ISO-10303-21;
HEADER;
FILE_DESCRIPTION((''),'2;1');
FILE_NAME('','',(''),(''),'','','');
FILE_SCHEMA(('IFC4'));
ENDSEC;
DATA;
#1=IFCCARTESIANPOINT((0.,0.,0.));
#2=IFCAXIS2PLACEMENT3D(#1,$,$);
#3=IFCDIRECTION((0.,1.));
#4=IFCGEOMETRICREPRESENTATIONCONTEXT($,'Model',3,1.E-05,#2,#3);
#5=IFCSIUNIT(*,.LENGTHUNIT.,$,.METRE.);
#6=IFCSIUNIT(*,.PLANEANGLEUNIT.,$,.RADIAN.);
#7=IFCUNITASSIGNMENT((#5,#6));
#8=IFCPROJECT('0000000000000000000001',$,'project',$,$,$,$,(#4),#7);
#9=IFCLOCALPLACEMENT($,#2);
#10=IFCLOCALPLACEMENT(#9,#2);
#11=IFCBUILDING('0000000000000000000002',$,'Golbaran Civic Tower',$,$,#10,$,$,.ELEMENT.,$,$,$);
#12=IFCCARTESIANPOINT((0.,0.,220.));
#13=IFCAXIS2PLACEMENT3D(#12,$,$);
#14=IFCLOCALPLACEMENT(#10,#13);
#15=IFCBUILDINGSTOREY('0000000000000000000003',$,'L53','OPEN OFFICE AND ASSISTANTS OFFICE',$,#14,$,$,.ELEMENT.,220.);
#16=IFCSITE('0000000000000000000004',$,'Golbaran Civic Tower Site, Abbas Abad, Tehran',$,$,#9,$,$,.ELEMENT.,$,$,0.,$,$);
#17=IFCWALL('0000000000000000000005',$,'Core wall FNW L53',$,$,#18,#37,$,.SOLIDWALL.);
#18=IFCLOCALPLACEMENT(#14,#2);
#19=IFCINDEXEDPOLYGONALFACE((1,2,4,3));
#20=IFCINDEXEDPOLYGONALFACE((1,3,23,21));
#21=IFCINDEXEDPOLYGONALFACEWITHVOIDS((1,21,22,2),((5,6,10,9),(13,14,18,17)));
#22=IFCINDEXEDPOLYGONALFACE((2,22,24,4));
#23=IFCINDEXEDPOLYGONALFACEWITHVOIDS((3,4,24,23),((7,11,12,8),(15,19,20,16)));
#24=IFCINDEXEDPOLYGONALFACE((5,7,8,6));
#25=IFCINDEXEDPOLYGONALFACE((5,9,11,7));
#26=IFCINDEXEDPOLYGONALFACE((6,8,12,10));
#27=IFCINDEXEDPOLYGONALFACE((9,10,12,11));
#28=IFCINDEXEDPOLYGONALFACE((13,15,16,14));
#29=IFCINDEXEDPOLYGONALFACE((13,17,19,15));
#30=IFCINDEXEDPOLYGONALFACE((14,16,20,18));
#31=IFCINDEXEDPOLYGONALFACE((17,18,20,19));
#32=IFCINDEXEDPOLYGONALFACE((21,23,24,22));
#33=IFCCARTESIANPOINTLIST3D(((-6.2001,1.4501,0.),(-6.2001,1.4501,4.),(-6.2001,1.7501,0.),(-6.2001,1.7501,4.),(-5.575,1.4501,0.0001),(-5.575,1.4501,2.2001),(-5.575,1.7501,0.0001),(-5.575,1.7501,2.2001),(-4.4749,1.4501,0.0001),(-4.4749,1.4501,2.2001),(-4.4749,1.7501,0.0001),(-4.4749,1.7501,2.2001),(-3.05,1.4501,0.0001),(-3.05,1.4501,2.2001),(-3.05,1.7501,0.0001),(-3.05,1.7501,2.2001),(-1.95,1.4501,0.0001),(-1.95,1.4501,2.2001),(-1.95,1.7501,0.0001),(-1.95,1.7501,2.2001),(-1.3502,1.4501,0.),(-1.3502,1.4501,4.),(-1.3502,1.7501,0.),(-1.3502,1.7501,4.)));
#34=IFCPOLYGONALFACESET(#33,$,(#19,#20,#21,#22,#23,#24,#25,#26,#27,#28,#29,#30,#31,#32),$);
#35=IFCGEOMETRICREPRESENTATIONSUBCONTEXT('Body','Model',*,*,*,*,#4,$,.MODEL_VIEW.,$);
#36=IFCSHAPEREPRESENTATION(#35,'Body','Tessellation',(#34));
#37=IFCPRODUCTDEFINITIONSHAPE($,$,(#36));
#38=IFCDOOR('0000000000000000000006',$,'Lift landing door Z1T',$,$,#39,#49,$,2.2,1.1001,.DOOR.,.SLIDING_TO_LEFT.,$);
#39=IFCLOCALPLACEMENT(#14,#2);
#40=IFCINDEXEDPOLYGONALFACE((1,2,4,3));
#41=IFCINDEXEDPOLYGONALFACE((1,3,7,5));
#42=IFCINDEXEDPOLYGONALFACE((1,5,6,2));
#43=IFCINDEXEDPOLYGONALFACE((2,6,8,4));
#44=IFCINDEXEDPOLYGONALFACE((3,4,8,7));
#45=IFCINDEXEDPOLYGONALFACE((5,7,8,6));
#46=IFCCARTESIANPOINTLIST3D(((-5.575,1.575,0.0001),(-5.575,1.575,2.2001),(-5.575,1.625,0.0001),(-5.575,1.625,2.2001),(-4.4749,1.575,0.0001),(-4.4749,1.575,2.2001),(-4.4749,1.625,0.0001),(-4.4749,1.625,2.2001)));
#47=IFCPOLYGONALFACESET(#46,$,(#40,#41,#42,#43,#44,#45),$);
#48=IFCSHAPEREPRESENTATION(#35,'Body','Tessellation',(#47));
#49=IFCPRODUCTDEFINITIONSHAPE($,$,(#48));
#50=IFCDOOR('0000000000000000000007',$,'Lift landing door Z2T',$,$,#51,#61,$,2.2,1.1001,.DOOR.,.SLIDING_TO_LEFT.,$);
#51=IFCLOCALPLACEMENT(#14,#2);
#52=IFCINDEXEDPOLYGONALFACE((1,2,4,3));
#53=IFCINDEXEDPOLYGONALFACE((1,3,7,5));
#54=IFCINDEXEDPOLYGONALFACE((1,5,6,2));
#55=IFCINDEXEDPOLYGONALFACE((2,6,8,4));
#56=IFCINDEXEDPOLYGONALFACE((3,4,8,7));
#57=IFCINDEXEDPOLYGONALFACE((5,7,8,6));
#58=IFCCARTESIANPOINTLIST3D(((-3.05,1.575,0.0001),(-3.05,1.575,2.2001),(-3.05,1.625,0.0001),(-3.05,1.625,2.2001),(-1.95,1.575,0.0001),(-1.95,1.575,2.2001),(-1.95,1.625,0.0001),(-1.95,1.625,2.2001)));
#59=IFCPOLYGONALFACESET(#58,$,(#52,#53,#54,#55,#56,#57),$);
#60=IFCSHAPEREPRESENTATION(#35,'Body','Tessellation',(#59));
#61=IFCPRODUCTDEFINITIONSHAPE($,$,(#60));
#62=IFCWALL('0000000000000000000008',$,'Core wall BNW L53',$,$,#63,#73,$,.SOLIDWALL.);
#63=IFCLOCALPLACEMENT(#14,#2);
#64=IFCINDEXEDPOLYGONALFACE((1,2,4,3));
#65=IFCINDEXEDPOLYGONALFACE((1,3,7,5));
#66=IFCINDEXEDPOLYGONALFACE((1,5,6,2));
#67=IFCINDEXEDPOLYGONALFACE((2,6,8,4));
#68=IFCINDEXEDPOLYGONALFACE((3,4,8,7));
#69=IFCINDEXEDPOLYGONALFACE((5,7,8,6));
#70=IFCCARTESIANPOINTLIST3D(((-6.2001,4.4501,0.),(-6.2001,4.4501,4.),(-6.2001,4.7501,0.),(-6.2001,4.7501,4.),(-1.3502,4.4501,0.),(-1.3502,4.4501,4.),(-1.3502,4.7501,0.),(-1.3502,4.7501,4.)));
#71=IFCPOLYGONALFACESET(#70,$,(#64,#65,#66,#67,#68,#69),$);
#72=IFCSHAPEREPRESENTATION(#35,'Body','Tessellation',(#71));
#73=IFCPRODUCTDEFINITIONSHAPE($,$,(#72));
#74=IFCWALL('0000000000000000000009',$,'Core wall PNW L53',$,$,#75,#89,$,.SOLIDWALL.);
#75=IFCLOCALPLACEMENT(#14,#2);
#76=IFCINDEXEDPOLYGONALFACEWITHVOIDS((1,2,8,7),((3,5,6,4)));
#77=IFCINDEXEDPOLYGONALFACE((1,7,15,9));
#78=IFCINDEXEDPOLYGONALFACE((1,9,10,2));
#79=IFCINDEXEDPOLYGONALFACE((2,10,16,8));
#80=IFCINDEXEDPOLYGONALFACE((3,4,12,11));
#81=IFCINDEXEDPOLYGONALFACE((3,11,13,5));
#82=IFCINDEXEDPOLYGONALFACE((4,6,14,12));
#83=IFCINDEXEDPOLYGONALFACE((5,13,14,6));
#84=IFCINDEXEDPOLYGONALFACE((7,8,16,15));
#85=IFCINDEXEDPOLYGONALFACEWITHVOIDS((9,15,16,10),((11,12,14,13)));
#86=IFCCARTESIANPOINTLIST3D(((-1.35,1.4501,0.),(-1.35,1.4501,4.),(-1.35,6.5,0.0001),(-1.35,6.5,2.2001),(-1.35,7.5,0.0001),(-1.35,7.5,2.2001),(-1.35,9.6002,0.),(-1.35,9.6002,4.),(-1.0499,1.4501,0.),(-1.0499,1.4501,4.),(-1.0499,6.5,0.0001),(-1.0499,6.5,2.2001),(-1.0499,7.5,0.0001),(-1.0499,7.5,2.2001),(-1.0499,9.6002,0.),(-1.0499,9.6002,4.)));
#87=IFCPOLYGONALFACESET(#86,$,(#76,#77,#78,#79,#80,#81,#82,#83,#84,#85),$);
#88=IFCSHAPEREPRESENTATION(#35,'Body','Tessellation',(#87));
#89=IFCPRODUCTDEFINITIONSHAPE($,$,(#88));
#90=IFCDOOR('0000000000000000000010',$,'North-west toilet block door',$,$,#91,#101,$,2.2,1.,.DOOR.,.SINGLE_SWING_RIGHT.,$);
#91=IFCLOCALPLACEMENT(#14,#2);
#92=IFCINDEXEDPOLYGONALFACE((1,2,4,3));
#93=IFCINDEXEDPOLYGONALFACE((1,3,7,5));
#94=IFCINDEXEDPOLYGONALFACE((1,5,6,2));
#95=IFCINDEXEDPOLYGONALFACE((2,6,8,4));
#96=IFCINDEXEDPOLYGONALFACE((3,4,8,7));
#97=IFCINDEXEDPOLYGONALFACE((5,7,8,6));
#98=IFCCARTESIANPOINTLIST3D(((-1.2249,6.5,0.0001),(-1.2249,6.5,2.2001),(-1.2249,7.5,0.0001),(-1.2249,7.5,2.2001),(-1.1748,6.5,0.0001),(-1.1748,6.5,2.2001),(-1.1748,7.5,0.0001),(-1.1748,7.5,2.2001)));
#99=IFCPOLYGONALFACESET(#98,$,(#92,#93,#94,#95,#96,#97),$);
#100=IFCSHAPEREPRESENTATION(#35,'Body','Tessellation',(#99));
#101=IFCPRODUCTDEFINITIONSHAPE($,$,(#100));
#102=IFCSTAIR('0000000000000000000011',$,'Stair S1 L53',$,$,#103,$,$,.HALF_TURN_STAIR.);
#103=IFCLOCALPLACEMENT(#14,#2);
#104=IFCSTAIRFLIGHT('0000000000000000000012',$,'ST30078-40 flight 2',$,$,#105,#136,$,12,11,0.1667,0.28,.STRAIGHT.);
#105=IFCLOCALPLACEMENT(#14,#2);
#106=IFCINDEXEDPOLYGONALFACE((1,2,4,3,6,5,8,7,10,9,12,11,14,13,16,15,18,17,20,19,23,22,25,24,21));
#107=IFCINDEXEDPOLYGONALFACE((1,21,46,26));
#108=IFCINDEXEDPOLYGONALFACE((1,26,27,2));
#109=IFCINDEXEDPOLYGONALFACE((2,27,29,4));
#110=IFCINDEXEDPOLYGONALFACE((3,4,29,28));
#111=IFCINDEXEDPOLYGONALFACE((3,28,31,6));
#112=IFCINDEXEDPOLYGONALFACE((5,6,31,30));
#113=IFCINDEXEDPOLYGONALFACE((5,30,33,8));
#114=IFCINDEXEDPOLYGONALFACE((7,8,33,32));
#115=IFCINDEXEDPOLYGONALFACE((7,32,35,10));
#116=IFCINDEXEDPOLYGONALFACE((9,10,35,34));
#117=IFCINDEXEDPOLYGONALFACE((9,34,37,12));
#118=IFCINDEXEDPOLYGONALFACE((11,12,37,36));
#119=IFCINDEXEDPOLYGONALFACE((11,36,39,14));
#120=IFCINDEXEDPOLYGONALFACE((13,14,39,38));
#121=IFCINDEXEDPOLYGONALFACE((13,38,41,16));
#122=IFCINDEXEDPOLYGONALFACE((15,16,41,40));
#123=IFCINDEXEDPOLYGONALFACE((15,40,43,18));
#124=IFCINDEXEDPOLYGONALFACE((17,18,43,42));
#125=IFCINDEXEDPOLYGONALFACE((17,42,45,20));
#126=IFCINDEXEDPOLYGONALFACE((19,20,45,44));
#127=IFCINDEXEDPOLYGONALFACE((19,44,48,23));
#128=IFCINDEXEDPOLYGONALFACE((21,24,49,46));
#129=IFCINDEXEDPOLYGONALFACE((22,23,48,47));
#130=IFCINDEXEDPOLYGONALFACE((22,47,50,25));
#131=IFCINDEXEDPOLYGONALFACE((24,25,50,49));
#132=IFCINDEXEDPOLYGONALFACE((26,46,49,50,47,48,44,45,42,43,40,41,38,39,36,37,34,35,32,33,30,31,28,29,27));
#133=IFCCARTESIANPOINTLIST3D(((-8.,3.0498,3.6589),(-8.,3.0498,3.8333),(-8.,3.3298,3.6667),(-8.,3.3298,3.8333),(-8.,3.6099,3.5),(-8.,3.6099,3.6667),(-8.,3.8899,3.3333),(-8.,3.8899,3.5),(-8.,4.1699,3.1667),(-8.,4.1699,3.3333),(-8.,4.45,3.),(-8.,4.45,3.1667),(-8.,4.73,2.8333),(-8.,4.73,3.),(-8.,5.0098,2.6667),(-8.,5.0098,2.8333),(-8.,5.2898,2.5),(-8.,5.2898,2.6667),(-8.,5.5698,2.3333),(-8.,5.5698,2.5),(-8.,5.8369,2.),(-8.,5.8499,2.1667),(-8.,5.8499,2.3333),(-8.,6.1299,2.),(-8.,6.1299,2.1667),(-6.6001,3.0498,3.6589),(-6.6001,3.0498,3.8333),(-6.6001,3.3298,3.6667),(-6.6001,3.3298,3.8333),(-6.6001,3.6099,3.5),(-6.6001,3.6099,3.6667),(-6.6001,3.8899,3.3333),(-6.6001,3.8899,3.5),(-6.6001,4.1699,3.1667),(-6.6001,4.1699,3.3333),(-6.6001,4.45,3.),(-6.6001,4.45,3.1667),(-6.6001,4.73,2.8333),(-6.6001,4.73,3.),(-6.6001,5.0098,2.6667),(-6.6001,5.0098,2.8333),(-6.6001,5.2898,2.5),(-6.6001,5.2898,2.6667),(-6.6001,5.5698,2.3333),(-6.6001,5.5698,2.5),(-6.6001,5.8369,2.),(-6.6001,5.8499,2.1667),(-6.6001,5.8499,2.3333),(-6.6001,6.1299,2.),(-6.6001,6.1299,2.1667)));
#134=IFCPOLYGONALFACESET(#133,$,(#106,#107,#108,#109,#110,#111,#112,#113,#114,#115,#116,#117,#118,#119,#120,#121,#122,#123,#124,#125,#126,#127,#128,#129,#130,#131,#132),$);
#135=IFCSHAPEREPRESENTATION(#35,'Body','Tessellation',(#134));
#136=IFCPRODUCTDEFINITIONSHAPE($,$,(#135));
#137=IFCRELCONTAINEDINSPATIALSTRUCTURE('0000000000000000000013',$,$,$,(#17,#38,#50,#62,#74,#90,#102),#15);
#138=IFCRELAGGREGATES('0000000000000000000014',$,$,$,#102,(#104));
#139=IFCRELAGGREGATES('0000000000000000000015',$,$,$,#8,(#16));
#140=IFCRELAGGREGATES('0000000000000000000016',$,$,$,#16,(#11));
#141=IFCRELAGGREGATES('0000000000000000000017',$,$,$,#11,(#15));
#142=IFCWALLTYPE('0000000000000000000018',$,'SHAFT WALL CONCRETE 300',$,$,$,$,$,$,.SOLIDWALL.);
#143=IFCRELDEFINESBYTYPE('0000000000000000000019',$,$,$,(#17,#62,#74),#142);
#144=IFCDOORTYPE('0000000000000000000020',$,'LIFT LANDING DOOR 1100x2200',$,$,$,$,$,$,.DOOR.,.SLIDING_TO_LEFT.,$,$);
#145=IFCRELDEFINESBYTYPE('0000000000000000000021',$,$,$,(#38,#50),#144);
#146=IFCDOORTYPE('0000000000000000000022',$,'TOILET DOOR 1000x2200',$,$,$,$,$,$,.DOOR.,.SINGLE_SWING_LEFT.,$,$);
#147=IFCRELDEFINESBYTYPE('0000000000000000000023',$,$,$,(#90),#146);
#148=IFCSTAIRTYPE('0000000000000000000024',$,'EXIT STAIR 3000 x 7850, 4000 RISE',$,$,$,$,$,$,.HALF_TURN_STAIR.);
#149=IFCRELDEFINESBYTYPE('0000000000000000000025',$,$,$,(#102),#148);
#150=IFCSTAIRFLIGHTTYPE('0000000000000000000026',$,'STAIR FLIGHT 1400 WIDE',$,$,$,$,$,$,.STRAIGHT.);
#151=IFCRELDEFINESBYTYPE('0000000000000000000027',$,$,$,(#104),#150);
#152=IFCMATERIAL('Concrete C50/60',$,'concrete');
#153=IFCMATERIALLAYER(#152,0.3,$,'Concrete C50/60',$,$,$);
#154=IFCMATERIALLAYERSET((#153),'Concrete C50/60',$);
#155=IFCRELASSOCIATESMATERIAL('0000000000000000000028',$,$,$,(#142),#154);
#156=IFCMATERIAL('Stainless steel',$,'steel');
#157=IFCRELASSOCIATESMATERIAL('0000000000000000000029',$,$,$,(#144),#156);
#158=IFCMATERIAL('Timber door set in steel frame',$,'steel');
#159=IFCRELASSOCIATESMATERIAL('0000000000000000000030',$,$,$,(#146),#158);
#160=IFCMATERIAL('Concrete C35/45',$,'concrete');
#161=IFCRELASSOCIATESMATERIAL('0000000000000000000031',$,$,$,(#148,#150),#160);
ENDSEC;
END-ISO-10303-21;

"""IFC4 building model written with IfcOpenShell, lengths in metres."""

from ifc_helpers import new_model, si_unit, direction, frame, frame_2d, origin, place, context, subcontext, project, spatial, polyline, rectangle, outline, extrude, material, layer, layer_set, type_object, element, fill, aggregate, save


model = new_model("IFC4")

# Units and contexts
model_context = context("Model", 3, precision=1e-05, world=origin(), true_north=direction((0.0, 1.0)))
body_context = subcontext(model_context, "Body", "Model", "MODEL_VIEW")
ifc_project = project(units=[si_unit("LENGTHUNIT", "METRE"), si_unit("PLANEANGLEUNIT", "RADIAN")], contexts=[model_context])

# Site, building, storey
site_placement = place(None, origin())
site = spatial("IfcSite", under=ifc_project, at=site_placement, Name="Golbaran Civic Tower Site, Abbas Abad, Tehran", CompositionType="ELEMENT", RefElevation=0.0)
building_placement = place(site_placement, origin())
building = spatial("IfcBuilding", under=site, at=building_placement, Name="Golbaran Civic Tower", CompositionType="ELEMENT")
storey_placement = place(building_placement, frame((0.0, 0.0, 220.0)))
storey = spatial("IfcBuildingStorey", under=building, at=storey_placement, Name="L53", Description="OPEN OFFICE AND ASSISTANTS OFFICE", CompositionType="ELEMENT", Elevation=220.0)

# Wall, openings, doors
ifc_material_1 = material(Name="Concrete C50/60", Category="concrete")
ifc_layer_1 = layer(ifc_material_1, 0.3, Name="Concrete C50/60")
ifc_layer_set_1 = layer_set([ifc_layer_1], Name="Concrete C50/60")
wall_type_1 = type_object("IfcWallType", Name="SHAFT WALL CONCRETE 300", PredefinedType="SOLIDWALL", material=ifc_layer_set_1)
wall_1_placement = place(storey_placement, frame((-6.2, 1.6001, 0.0), z_axis=(0.0, 0.0, 1.0), x_axis=(1.0, 0.0, 0.0)))
wall_1 = element("IfcWall", 1, at=wall_1_placement, inside=storey, type_object=wall_type_1, Name="Core wall FNW L53", PredefinedType="SOLIDWALL", context=body_context, shape_type="SweptSolid", body=[
    extrude(rectangle(XDim=4.8499, YDim=0.3, at=frame_2d((2.4248, 0.0))), origin(), (0.0, 0.0, 1.0), 4.0),
])
opening_1_placement = place(wall_1_placement, frame((0.625, 0.0, 0.0)))
opening_1 = element("IfcOpeningElement", 2, at=opening_1_placement, cuts=wall_1, PredefinedType="OPENING", context=body_context, shape_type="SweptSolid", body=[
    extrude(rectangle(XDim=1.1001, YDim=2.2, at=frame_2d((0.55, 1.1001))), frame((0.0, 0.1599, 0.0), z_axis=(0.0, -1.0, 0.0), x_axis=(1.0, 0.0, 0.0)), (0.0, 0.0, 1.0), 0.3201),
])
opening_2_placement = place(wall_1_placement, frame((3.1499, 0.0, 0.0)))
opening_2 = element("IfcOpeningElement", 3, at=opening_2_placement, cuts=wall_1, PredefinedType="OPENING", context=body_context, shape_type="SweptSolid", body=[
    extrude(rectangle(XDim=1.1001, YDim=2.2, at=frame_2d((0.55, 1.1001))), frame((0.0, 0.1599, 0.0), z_axis=(0.0, -1.0, 0.0), x_axis=(1.0, 0.0, 0.0)), (0.0, 0.0, 1.0), 0.3201),
])
ifc_material_2 = material(Name="Stainless steel", Category="steel")
door_type_1 = type_object("IfcDoorType", Name="LIFT LANDING DOOR 1100x2200", OperationType="SLIDING_TO_LEFT", PredefinedType="DOOR", material=ifc_material_2)
door_1_placement = place(opening_1_placement, origin())
door_1 = element("IfcDoor", 4, at=door_1_placement, inside=storey, type_object=door_type_1, Name="Lift landing door Z1T", OperationType="SLIDING_TO_LEFT", OverallHeight=2.2, OverallWidth=1.1001, PredefinedType="DOOR", context=body_context, shape_type="SweptSolid", body=[
    extrude(rectangle(XDim=1.1001, YDim=2.2, at=frame_2d((0.55, 1.1001))), frame((0.0, 0.0249, 0.0), z_axis=(0.0, -1.0, 0.0), x_axis=(1.0, 0.0, 0.0)), (0.0, 0.0, 1.0), 0.05),
])
fill(opening_1, door_1)
door_2_placement = place(opening_2_placement, origin())
door_2 = element("IfcDoor", 5, at=door_2_placement, inside=storey, type_object=door_type_1, Name="Lift landing door Z2T", OperationType="SLIDING_TO_LEFT", OverallHeight=2.2, OverallWidth=1.1001, PredefinedType="DOOR", context=body_context, shape_type="SweptSolid", body=[
    extrude(rectangle(XDim=1.1001, YDim=2.2, at=frame_2d((0.55, 1.1001))), frame((0.0, 0.0249, 0.0), z_axis=(0.0, -1.0, 0.0), x_axis=(1.0, 0.0, 0.0)), (0.0, 0.0, 1.0), 0.05),
])
fill(opening_2, door_2)

# Wall
wall_2_placement = place(storey_placement, frame((-6.2, 4.6001, 0.0), z_axis=(0.0, 0.0, 1.0), x_axis=(1.0, 0.0, 0.0)))
element("IfcWall", 6, at=wall_2_placement, inside=storey, type_object=wall_type_1, Name="Core wall BNW L53", PredefinedType="SOLIDWALL", context=body_context, shape_type="SweptSolid", body=[
    extrude(rectangle(XDim=4.8499, YDim=0.3, at=frame_2d((2.4248, 0.0))), origin(), (0.0, 0.0, 1.0), 4.0),
])

# Wall, opening, door
wall_3_placement = place(storey_placement, frame((-1.2, 1.45, 0.0), z_axis=(0.0, 0.0, 1.0), x_axis=(0.0, 1.0, 0.0)))
wall_3 = element("IfcWall", 7, at=wall_3_placement, inside=storey, type_object=wall_type_1, Name="Core wall PNW L53", PredefinedType="SOLIDWALL", context=body_context, shape_type="SweptSolid", body=[
    extrude(rectangle(XDim=8.1501, YDim=0.3, at=frame_2d((4.0752, 0.0))), origin(), (0.0, 0.0, 1.0), 4.0),
])
opening_3_placement = place(wall_3_placement, frame((5.05, 0.0, 0.0)))
opening_3 = element("IfcOpeningElement", 8, at=opening_3_placement, cuts=wall_3, PredefinedType="OPENING", context=body_context, shape_type="SweptSolid", body=[
    extrude(rectangle(XDim=1.0, YDim=2.2, at=frame_2d((0.5, 1.1001))), frame((0.0, 0.1599, 0.0), z_axis=(0.0, -1.0, 0.0), x_axis=(1.0, 0.0, 0.0)), (0.0, 0.0, 1.0), 0.3201),
])
ifc_material_3 = material(Name="Timber door set in steel frame", Category="steel")
door_type_2 = type_object("IfcDoorType", Name="TOILET DOOR 1000x2200", OperationType="SINGLE_SWING_LEFT", PredefinedType="DOOR", material=ifc_material_3)
door_3_placement = place(opening_3_placement, origin())
door_3 = element("IfcDoor", 9, at=door_3_placement, inside=storey, type_object=door_type_2, Name="North-west toilet block door", OperationType="SINGLE_SWING_RIGHT", OverallHeight=2.2, OverallWidth=1.0, PredefinedType="DOOR", context=body_context, shape_type="SweptSolid", body=[
    extrude(rectangle(XDim=1.0, YDim=2.2, at=frame_2d((0.5, 1.1001))), frame((0.0, 0.0249, 0.0), z_axis=(0.0, -1.0, 0.0), x_axis=(1.0, 0.0, 0.0)), (0.0, 0.0, 1.0), 0.05),
])
fill(opening_3, door_3)

# Stair, stair flight
ifc_material_4 = material(Name="Concrete C35/45", Category="concrete")
stair_type = type_object("IfcStairType", Name="EXIT STAIR 3000 x 7850, 4000 RISE", PredefinedType="HALF_TURN_STAIR", material=ifc_material_4)
stair_placement = place(storey_placement, origin())
stair = element("IfcStair", 10, at=stair_placement, inside=storey, type_object=stair_type, Name="Stair S1 L53", PredefinedType="HALF_TURN_STAIR")
stair_flight_type = type_object("IfcStairFlightType", Name="STAIR FLIGHT 1400 WIDE", PredefinedType="STRAIGHT", material=ifc_material_4)
stair_flight_placement = place(storey_placement, frame((-7.3, 6.1299, 2.0), z_axis=(0.0, 0.0, 1.0), x_axis=(0.0, -1.0, 0.0)))
stair_flight = element("IfcStairFlight", 11, at=stair_flight_placement, type_object=stair_flight_type, Name="ST30078-40 flight 2", NumberOfRisers=12, NumberOfTreads=11, PredefinedType="STRAIGHT", RiserHeight=0.1667, TreadLength=0.28, context=body_context, shape_type="SweptSolid", body=[
    extrude(outline(polyline([(0.0, 0.0), (0.0, 0.1667), (0.28, 0.1667), (0.28, 0.3333), (0.5601, 0.3333), (0.5601, 0.5), (0.8401, 0.5), (0.8401, 0.6667), (1.1201, 0.6667), (1.1201, 0.8333), (1.3999, 0.8333), (1.3999, 1.0), (1.6799, 1.0), (1.6799, 1.1667), (1.96, 1.1667), (1.96, 1.3333), (2.24, 1.3333), (2.24, 1.5), (2.52, 1.5), (2.52, 1.6667), (2.8, 1.6667), (2.8, 1.8333), (3.0801, 1.8333), (3.0801, 2.0), (3.0801, 1.6589), (0.293, 0.0), (0.0, 0.0)])), frame((0.0, 0.7, 0.0), z_axis=(0.0, -1.0, 0.0), x_axis=(1.0, 0.0, 0.0)), (0.0, 0.0, 1.0), 1.3999),
])
aggregate(stair, [stair_flight])

save(model, "model.ifc")
